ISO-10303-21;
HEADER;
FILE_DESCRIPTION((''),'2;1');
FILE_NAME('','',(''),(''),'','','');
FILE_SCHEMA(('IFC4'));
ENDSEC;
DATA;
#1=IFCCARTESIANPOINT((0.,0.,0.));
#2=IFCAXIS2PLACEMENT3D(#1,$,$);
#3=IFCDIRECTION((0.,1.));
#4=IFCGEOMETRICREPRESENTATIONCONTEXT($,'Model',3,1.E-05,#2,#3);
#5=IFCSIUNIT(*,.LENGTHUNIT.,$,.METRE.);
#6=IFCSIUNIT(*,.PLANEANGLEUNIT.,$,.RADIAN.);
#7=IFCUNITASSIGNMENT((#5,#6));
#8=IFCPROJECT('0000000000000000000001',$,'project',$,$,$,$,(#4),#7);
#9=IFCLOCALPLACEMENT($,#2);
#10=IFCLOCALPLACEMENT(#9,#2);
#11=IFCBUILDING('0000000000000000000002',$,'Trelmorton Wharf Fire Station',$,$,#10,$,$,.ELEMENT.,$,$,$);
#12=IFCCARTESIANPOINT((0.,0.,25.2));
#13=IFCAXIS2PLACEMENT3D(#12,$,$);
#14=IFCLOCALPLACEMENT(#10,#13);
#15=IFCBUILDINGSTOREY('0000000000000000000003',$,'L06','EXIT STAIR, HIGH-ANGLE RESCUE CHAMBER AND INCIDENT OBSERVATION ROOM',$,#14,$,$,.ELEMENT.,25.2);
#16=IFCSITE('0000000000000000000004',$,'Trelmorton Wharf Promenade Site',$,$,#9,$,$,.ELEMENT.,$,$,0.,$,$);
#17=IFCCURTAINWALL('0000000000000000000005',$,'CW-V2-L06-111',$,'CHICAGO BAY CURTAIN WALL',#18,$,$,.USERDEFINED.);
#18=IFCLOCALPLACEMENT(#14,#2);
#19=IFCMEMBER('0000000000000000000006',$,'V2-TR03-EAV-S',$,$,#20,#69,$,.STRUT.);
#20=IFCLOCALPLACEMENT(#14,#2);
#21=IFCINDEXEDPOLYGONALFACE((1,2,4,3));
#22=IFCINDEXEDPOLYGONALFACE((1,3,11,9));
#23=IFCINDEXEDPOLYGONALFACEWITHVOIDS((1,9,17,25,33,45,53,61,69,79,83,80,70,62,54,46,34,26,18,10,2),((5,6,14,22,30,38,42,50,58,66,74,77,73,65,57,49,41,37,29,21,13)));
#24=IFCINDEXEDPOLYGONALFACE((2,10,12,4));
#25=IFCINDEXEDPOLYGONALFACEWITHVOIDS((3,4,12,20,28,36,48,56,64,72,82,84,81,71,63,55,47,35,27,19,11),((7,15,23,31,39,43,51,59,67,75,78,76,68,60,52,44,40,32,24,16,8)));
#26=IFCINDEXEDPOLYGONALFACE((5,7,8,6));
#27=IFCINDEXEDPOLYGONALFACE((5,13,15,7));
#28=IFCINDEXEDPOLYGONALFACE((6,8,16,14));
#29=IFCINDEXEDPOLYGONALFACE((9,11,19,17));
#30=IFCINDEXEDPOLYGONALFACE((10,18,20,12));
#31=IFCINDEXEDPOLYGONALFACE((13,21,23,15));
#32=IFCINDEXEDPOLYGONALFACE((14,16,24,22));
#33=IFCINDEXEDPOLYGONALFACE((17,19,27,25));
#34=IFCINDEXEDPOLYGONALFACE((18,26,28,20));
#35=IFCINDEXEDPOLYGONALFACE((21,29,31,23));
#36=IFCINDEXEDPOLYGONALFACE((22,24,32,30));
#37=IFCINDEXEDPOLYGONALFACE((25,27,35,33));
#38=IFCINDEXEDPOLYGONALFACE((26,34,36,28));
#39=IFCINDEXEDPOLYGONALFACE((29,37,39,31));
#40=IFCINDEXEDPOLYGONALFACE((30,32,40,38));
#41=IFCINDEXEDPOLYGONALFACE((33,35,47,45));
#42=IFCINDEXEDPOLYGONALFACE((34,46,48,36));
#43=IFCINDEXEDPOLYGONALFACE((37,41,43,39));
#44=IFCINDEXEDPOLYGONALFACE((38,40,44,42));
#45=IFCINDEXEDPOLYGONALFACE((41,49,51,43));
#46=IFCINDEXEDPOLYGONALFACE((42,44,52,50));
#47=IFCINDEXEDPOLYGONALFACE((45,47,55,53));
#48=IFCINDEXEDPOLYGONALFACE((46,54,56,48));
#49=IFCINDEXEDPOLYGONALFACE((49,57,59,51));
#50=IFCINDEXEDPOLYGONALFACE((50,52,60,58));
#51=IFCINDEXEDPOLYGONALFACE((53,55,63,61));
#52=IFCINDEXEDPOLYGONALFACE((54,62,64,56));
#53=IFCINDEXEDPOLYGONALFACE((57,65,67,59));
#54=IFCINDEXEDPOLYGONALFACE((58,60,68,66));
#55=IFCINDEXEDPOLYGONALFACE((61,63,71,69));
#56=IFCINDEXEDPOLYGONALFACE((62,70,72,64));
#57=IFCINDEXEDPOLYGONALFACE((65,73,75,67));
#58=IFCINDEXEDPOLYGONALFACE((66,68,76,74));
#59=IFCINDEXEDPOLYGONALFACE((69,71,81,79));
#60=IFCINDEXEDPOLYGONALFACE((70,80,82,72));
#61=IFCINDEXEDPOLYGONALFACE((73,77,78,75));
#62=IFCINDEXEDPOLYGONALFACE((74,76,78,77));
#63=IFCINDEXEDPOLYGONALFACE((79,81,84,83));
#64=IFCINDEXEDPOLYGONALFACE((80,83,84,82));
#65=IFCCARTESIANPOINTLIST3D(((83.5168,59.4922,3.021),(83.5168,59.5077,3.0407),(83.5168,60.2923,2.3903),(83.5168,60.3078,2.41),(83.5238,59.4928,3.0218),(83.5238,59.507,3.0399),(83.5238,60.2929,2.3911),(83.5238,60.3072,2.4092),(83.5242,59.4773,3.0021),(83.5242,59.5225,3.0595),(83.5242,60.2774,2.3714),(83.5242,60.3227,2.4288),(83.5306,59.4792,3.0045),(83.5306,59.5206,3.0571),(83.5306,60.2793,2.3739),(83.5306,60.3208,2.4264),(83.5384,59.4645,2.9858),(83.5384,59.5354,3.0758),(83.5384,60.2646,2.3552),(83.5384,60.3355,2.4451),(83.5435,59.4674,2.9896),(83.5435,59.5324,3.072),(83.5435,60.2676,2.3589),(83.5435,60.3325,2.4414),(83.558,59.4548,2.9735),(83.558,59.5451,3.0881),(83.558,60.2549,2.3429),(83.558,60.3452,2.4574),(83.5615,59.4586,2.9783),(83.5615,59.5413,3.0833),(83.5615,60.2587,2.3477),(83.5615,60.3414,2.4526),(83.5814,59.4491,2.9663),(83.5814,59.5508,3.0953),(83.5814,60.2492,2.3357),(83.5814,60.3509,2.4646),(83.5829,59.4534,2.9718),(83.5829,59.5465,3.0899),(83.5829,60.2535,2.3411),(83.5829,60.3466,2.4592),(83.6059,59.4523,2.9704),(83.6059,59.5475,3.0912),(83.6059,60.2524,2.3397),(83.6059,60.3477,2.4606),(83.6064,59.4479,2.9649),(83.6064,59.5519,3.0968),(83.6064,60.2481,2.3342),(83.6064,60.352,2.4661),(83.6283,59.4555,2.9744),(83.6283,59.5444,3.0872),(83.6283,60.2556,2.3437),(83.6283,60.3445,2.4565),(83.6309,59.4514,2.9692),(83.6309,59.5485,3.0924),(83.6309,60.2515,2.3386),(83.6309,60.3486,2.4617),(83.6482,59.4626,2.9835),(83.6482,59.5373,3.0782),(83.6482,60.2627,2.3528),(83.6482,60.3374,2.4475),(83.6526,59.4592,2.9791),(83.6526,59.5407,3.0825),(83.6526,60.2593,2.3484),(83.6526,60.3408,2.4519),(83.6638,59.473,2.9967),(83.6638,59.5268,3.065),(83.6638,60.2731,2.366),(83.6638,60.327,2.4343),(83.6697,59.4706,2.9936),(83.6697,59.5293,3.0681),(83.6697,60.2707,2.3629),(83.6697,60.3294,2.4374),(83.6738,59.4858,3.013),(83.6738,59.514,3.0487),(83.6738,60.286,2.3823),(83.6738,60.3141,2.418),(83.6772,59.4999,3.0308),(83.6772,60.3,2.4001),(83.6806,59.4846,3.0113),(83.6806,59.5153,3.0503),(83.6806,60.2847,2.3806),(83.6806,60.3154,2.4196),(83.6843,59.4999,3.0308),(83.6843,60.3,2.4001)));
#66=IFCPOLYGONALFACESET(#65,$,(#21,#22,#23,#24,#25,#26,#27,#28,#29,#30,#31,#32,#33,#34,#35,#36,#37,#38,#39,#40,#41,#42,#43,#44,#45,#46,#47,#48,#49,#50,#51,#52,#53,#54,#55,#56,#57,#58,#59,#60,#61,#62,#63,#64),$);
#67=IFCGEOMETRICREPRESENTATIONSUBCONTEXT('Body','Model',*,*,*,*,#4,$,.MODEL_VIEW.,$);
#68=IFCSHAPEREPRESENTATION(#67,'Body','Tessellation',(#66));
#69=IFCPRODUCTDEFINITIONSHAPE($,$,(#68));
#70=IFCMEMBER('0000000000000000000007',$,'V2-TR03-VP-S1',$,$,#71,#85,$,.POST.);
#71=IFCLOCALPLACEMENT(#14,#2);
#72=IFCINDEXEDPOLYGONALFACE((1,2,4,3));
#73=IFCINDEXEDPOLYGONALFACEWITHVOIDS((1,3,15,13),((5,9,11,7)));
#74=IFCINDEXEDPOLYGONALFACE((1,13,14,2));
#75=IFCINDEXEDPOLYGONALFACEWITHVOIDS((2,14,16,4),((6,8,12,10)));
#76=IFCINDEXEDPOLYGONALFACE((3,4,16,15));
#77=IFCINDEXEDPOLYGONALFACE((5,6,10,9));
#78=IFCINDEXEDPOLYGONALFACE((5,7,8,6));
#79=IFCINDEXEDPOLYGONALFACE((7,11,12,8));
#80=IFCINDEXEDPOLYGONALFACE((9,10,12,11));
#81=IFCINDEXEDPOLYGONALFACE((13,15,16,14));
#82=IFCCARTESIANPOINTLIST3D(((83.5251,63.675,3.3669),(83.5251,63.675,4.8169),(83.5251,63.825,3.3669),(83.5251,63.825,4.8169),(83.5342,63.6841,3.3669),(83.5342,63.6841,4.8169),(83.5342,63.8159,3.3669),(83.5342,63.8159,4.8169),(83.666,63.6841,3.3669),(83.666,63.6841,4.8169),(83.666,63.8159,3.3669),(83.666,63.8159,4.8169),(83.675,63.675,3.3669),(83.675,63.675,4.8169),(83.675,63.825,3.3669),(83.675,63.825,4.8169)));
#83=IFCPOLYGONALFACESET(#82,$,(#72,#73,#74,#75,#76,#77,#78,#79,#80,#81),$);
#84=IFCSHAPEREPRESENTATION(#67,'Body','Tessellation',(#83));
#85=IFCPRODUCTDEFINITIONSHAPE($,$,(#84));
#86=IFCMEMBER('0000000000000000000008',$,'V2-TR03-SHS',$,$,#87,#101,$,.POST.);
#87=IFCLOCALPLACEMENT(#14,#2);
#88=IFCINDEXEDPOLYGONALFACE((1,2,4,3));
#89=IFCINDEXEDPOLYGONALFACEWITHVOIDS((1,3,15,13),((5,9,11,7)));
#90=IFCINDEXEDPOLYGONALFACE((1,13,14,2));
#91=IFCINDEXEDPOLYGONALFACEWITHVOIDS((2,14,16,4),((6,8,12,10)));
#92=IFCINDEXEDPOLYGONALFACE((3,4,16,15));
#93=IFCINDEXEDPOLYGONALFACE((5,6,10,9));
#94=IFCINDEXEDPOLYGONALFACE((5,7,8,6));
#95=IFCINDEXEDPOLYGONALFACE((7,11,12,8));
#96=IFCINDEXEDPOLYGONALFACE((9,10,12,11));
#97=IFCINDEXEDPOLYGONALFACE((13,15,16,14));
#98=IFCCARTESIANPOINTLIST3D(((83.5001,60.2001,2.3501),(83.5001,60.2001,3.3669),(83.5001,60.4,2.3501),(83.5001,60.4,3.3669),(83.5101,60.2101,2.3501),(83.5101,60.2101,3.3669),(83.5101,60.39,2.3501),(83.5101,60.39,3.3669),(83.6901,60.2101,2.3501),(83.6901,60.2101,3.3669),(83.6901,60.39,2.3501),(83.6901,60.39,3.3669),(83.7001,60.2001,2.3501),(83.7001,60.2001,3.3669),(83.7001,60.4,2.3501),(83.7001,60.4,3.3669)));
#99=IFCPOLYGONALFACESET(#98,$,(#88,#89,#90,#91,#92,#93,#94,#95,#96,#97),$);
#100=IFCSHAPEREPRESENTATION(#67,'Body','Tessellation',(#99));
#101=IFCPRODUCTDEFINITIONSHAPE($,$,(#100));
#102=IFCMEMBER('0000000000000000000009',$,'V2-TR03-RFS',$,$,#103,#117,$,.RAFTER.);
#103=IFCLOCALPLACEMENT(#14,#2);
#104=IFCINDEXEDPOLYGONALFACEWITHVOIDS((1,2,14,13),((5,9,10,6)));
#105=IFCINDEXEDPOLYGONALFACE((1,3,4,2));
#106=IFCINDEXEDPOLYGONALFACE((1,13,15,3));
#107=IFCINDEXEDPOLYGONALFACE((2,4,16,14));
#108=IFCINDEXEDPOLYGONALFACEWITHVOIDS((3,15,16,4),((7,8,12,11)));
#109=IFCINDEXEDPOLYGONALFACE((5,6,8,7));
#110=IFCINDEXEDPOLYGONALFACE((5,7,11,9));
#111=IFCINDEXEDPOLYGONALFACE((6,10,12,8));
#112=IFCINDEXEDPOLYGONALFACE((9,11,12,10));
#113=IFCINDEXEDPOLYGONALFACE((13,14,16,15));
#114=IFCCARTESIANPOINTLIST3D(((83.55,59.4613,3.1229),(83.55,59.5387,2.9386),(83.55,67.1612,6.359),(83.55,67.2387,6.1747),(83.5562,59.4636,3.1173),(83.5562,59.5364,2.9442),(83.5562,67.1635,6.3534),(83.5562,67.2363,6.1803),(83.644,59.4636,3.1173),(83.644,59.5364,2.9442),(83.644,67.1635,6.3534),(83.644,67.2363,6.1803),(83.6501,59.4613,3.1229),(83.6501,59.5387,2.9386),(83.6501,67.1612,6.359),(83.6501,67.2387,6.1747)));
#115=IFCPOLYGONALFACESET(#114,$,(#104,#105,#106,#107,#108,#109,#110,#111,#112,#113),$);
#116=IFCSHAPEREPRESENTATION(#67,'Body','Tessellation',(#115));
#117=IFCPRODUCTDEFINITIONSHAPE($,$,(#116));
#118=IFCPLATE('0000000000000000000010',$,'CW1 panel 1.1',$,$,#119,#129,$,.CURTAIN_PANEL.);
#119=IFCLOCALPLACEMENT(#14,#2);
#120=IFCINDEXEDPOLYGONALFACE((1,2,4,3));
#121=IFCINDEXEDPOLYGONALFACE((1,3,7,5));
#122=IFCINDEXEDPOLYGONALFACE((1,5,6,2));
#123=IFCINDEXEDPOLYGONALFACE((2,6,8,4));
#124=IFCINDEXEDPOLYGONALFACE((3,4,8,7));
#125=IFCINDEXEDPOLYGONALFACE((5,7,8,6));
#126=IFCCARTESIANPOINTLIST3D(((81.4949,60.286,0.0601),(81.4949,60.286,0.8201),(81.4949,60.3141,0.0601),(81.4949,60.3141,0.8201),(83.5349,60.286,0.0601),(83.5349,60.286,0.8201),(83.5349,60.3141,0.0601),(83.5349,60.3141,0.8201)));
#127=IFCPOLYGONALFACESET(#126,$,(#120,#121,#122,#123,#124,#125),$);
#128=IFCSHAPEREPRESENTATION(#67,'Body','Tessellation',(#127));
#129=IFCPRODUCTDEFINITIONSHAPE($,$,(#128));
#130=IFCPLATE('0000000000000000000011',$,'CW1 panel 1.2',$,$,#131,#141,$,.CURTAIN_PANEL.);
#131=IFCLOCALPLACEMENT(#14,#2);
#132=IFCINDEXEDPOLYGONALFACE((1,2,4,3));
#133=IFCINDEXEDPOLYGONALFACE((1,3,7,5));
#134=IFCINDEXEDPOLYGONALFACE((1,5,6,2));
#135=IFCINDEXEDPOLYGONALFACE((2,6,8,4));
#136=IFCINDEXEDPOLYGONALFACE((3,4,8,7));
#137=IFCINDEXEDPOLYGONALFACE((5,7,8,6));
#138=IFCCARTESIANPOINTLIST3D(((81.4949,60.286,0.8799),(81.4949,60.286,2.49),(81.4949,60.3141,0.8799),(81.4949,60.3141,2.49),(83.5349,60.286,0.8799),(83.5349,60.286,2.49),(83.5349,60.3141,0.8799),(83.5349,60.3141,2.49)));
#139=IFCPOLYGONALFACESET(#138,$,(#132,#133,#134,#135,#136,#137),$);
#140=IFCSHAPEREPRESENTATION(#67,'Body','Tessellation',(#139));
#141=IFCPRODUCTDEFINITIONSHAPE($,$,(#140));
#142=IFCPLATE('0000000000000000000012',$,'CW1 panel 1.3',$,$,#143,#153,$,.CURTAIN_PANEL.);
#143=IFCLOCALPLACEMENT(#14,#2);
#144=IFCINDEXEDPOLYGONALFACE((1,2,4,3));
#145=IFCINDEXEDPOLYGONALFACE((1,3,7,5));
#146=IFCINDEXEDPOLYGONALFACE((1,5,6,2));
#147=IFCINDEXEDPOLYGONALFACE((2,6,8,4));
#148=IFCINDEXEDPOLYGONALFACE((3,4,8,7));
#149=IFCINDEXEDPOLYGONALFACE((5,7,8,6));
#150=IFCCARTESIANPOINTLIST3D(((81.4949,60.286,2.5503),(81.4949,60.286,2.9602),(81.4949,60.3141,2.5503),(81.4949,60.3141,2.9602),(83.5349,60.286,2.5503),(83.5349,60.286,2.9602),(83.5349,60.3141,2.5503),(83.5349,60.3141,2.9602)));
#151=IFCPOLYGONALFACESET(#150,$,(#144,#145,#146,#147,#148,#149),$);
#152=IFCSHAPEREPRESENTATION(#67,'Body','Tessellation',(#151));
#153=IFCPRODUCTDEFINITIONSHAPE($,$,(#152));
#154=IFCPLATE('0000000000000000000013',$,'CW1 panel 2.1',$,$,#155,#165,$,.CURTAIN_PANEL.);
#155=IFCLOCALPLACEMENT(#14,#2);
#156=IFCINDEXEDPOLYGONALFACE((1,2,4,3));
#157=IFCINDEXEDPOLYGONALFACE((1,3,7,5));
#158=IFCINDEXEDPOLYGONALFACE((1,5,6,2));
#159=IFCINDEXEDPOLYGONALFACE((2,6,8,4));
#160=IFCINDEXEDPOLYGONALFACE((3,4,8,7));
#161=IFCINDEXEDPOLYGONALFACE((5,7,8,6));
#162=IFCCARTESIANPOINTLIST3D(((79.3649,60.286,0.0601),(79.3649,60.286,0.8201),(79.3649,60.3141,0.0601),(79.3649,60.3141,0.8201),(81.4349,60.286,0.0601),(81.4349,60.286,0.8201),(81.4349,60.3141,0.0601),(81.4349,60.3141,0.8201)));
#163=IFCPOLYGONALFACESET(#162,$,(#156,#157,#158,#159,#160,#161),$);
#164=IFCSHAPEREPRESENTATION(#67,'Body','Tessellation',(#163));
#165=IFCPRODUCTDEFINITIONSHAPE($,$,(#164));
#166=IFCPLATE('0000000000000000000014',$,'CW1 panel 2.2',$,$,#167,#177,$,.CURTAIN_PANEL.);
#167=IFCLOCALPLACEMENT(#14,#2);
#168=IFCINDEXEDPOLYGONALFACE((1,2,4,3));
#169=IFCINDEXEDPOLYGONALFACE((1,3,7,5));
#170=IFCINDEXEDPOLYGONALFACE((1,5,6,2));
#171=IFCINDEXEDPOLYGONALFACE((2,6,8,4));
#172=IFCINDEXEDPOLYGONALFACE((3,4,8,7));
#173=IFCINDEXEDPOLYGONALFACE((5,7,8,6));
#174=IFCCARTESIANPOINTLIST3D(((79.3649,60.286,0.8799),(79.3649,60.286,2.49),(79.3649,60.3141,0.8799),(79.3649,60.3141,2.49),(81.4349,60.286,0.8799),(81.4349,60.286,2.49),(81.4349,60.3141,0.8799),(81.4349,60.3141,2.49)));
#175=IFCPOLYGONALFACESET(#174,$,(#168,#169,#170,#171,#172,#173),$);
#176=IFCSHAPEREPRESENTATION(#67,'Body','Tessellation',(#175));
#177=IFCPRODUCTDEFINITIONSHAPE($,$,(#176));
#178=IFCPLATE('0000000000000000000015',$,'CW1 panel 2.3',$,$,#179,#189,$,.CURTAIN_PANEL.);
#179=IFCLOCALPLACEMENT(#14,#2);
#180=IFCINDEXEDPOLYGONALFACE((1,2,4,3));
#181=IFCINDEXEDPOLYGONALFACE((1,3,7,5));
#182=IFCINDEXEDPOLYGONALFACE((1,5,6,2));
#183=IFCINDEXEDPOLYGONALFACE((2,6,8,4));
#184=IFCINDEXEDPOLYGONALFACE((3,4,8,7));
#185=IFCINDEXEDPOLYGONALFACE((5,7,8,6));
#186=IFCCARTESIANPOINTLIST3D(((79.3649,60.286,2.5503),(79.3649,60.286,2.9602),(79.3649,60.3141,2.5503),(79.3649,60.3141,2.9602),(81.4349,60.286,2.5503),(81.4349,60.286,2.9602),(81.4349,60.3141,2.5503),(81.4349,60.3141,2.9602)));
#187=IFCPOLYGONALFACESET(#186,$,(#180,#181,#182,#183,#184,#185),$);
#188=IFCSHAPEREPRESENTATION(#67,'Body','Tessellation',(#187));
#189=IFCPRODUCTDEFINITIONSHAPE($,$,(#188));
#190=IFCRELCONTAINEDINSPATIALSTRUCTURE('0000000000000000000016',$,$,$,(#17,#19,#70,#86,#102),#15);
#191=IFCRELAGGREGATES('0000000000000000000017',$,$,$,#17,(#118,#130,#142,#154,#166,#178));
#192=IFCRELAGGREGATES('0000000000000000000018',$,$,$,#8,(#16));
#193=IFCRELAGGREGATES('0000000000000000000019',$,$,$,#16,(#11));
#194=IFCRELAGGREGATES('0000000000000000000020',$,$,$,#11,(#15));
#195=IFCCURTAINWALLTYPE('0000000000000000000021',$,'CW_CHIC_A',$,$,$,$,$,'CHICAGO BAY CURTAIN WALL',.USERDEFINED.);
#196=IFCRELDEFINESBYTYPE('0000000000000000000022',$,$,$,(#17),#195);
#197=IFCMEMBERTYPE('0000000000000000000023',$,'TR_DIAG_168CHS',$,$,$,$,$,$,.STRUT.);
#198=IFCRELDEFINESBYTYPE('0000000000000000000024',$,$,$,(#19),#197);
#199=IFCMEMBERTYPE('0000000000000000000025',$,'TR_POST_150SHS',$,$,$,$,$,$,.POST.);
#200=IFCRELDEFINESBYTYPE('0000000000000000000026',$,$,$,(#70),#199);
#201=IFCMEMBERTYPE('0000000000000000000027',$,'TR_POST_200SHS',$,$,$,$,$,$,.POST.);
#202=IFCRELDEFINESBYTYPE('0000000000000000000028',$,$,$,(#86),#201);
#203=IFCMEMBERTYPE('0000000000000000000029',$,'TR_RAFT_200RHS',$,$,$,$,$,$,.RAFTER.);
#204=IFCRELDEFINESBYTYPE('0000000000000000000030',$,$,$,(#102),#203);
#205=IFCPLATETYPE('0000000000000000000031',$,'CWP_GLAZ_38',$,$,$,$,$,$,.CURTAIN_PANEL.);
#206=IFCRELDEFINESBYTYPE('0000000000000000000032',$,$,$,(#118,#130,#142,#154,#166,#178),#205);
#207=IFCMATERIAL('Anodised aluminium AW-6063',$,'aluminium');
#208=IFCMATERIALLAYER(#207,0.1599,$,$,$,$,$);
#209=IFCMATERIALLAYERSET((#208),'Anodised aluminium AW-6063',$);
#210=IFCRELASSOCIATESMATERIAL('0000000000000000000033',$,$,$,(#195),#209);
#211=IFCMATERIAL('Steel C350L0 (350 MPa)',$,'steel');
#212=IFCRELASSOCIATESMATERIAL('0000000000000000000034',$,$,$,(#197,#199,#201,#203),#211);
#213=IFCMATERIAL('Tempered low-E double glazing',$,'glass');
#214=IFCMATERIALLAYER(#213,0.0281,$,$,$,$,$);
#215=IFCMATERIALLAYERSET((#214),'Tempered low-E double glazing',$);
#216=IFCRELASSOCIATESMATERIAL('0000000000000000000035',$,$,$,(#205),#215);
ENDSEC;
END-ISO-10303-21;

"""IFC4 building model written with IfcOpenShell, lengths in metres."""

from ifc_helpers import new_model, si_unit, direction, frame, origin, origin_2d, place, context, subcontext, project, spatial, rectangle, hollow_rectangle, hollow_circle, extrude, material, layer, layer_set, material_profile, profile_set, type_object, element, aggregate, save


model = new_model("IFC4")

# Units and contexts
model_context = context("Model", 3, precision=1e-05, world=origin(), true_north=direction((0.0, 1.0)))
body_context = subcontext(model_context, "Body", "Model", "MODEL_VIEW")
ifc_project = project(units=[si_unit("LENGTHUNIT", "METRE"), si_unit("PLANEANGLEUNIT", "RADIAN")], contexts=[model_context])

# Site, building, storey
site_placement = place(None, origin())
site = spatial("IfcSite", under=ifc_project, at=site_placement, Name="Trelmorton Wharf Promenade Site", CompositionType="ELEMENT", RefElevation=0.0)
building_placement = place(site_placement, origin())
building = spatial("IfcBuilding", under=site, at=building_placement, Name="Trelmorton Wharf Fire Station", CompositionType="ELEMENT")
storey_placement = place(building_placement, frame((0.0, 0.0, 25.2)))
storey = spatial("IfcBuildingStorey", under=building, at=storey_placement, Name="L06", Description="EXIT STAIR, HIGH-ANGLE RESCUE CHAMBER AND INCIDENT OBSERVATION ROOM", CompositionType="ELEMENT", Elevation=25.2)

# Curtain wall
ifc_material_1 = material(Name="Anodised aluminium AW-6063", Category="aluminium")
ifc_layer_1 = layer(ifc_material_1, 0.1599)
ifc_layer_set_1 = layer_set([ifc_layer_1], Name="Anodised aluminium AW-6063")
curtain_wall_type = type_object("IfcCurtainWallType", Name="CW_CHIC_A", ElementType="CHICAGO BAY CURTAIN WALL", PredefinedType="USERDEFINED", material=ifc_layer_set_1)
curtain_wall_1_placement = place(storey_placement, origin())
curtain_wall_1 = element("IfcCurtainWall", 1, at=curtain_wall_1_placement, inside=storey, type_object=curtain_wall_type, Name="CW-V2-L06-111", ObjectType="CHICAGO BAY CURTAIN WALL", PredefinedType="USERDEFINED")

# Shared definitions
ifc_material_2 = material(Name="Steel C350L0 (350 MPa)", Category="steel")

# Members
ifc_material_profile_1 = material_profile(ifc_material_2, hollow_circle(Radius=0.0842, WallThickness=0.0071, at=origin_2d()), Name="168.3x7.1CHS")
ifc_profile_set_1 = profile_set([ifc_material_profile_1], Name="Steel C350L0 (350 MPa)")
member_type_1 = type_object("IfcMemberType", Name="TR_DIAG_168CHS", PredefinedType="STRUT", material=ifc_profile_set_1)
member_1_placement = place(storey_placement, frame((83.6001, 60.3, 2.4001), z_axis=(0.0, -0.785361, 0.619038), x_axis=(1.0, 0.0, 0.0)))
element("IfcMember", 2, at=member_1_placement, inside=storey, type_object=member_type_1, Name="V2-TR03-EAV-S", PredefinedType="STRUT", context=body_context, shape_type="SweptSolid", body=[
    extrude(hollow_circle(Radius=0.0842, WallThickness=0.0071, at=origin_2d()), origin(), (0.0, 0.0, 1.0), 1.0188),
])
ifc_material_profile_2 = material_profile(ifc_material_2, hollow_rectangle(XDim=0.1499, YDim=0.1499, WallThickness=0.009, at=origin_2d()), Name="150x150x9.0SHS")
ifc_profile_set_2 = profile_set([ifc_material_profile_2], Name="Steel C350L0 (350 MPa)")
member_type_2 = type_object("IfcMemberType", Name="TR_POST_150SHS", PredefinedType="POST", material=ifc_profile_set_2)
member_2_placement = place(storey_placement, frame((83.6001, 63.75, 3.3669), z_axis=(0.0, 0.0, 1.0), x_axis=(1.0, 0.0, 0.0)))
element("IfcMember", 3, at=member_2_placement, inside=storey, type_object=member_type_2, Name="V2-TR03-VP-S1", PredefinedType="POST", context=body_context, shape_type="SweptSolid", body=[
    extrude(hollow_rectangle(XDim=0.1499, YDim=0.1499, WallThickness=0.009, at=origin_2d()), origin(), (0.0, 0.0, 1.0), 1.45),
])
ifc_material_profile_3 = material_profile(ifc_material_2, hollow_rectangle(XDim=0.2, YDim=0.2, WallThickness=0.01, at=origin_2d()), Name="200x200x10.0SHS")
ifc_profile_set_3 = profile_set([ifc_material_profile_3], Name="Steel C350L0 (350 MPa)")
member_type_3 = type_object("IfcMemberType", Name="TR_POST_200SHS", PredefinedType="POST", material=ifc_profile_set_3)
member_3_placement = place(storey_placement, frame((83.6001, 60.3, 2.3501), z_axis=(0.0, 0.0, 1.0), x_axis=(1.0, 0.0, 0.0)))
element("IfcMember", 4, at=member_3_placement, inside=storey, type_object=member_type_3, Name="V2-TR03-SHS", PredefinedType="POST", context=body_context, shape_type="SweptSolid", body=[
    extrude(hollow_rectangle(XDim=0.2, YDim=0.2, WallThickness=0.01, at=origin_2d()), origin(), (0.0, 0.0, 1.0), 1.0168),
])
ifc_material_profile_4 = material_profile(ifc_material_2, hollow_rectangle(XDim=0.1001, YDim=0.2, WallThickness=0.0061, at=origin_2d()), Name="200x100x6.0RHS")
ifc_profile_set_4 = profile_set([ifc_material_profile_4], Name="Steel C350L0 (350 MPa)")
member_type_4 = type_object("IfcMemberType", Name="TR_RAFT_200RHS", PredefinedType="RAFTER", material=ifc_profile_set_4)
member_4_placement = place(storey_placement, frame((83.6001, 59.5, 3.0308), z_axis=(0.0, 0.921892, 0.387447), x_axis=(-1.0, 0.0, 0.0)))
element("IfcMember", 5, at=member_4_placement, inside=storey, type_object=member_type_4, Name="V2-TR03-RFS", PredefinedType="RAFTER", context=body_context, shape_type="SweptSolid", body=[
    extrude(hollow_rectangle(XDim=0.1001, YDim=0.2, WallThickness=0.0061, at=origin_2d()), origin(), (0.0, 0.0, 1.0), 8.3523),
])

# Plates
ifc_material_3 = material(Name="Tempered low-E double glazing", Category="glass")
ifc_layer_2 = layer(ifc_material_3, 0.0281)
ifc_layer_set_2 = layer_set([ifc_layer_2], Name="Tempered low-E double glazing")
plate_type_1 = type_object("IfcPlateType", Name="CWP_GLAZ_38", PredefinedType="CURTAIN_PANEL", material=ifc_layer_set_2)
plate_1_placement = place(storey_placement, frame((82.5149, 60.3, 0.0601), z_axis=(0.0, 0.0, 1.0), x_axis=(-1.0, 0.0, 0.0)))
plate_1 = element("IfcPlate", 6, at=plate_1_placement, type_object=plate_type_1, Name="CW1 panel 1.1", PredefinedType="CURTAIN_PANEL", context=body_context, shape_type="SweptSolid", body=[
    extrude(rectangle(XDim=2.04, YDim=0.0281, at=origin_2d()), origin(), (0.0, 0.0, 1.0), 0.76),
])
plate_2_placement = place(storey_placement, frame((82.5149, 60.3, 0.8799), z_axis=(0.0, 0.0, 1.0), x_axis=(-1.0, 0.0, 0.0)))
plate_2 = element("IfcPlate", 7, at=plate_2_placement, type_object=plate_type_1, Name="CW1 panel 1.2", PredefinedType="CURTAIN_PANEL", context=body_context, shape_type="SweptSolid", body=[
    extrude(rectangle(XDim=2.04, YDim=0.0281, at=origin_2d()), origin(), (0.0, 0.0, 1.0), 1.6101),
])
plate_3_placement = place(storey_placement, frame((82.5149, 60.3, 2.5503), z_axis=(0.0, 0.0, 1.0), x_axis=(-1.0, 0.0, 0.0)))
plate_3 = element("IfcPlate", 8, at=plate_3_placement, type_object=plate_type_1, Name="CW1 panel 1.3", PredefinedType="CURTAIN_PANEL", context=body_context, shape_type="SweptSolid", body=[
    extrude(rectangle(XDim=2.04, YDim=0.0281, at=origin_2d()), origin(), (0.0, 0.0, 1.0), 0.4099),
])
plate_4_placement = place(storey_placement, frame((80.3999, 60.3, 0.0601), z_axis=(0.0, 0.0, 1.0), x_axis=(-1.0, 0.0, 0.0)))
plate_4 = element("IfcPlate", 9, at=plate_4_placement, type_object=plate_type_1, Name="CW1 panel 2.1", PredefinedType="CURTAIN_PANEL", context=body_context, shape_type="SweptSolid", body=[
    extrude(rectangle(XDim=2.0701, YDim=0.0281, at=origin_2d()), origin(), (0.0, 0.0, 1.0), 0.76),
])
plate_5_placement = place(storey_placement, frame((80.3999, 60.3, 0.8799), z_axis=(0.0, 0.0, 1.0), x_axis=(-1.0, 0.0, 0.0)))
plate_5 = element("IfcPlate", 10, at=plate_5_placement, type_object=plate_type_1, Name="CW1 panel 2.2", PredefinedType="CURTAIN_PANEL", context=body_context, shape_type="SweptSolid", body=[
    extrude(rectangle(XDim=2.0701, YDim=0.0281, at=origin_2d()), origin(), (0.0, 0.0, 1.0), 1.6101),
])
plate_6_placement = place(storey_placement, frame((80.3999, 60.3, 2.5503), z_axis=(0.0, 0.0, 1.0), x_axis=(-1.0, 0.0, 0.0)))
plate_6 = element("IfcPlate", 11, at=plate_6_placement, type_object=plate_type_1, Name="CW1 panel 2.3", PredefinedType="CURTAIN_PANEL", context=body_context, shape_type="SweptSolid", body=[
    extrude(rectangle(XDim=2.0701, YDim=0.0281, at=origin_2d()), origin(), (0.0, 0.0, 1.0), 0.4099),
])
aggregate(curtain_wall_1, [plate_1, plate_2, plate_3, plate_4, plate_5, plate_6])

save(model, "model.ifc")
